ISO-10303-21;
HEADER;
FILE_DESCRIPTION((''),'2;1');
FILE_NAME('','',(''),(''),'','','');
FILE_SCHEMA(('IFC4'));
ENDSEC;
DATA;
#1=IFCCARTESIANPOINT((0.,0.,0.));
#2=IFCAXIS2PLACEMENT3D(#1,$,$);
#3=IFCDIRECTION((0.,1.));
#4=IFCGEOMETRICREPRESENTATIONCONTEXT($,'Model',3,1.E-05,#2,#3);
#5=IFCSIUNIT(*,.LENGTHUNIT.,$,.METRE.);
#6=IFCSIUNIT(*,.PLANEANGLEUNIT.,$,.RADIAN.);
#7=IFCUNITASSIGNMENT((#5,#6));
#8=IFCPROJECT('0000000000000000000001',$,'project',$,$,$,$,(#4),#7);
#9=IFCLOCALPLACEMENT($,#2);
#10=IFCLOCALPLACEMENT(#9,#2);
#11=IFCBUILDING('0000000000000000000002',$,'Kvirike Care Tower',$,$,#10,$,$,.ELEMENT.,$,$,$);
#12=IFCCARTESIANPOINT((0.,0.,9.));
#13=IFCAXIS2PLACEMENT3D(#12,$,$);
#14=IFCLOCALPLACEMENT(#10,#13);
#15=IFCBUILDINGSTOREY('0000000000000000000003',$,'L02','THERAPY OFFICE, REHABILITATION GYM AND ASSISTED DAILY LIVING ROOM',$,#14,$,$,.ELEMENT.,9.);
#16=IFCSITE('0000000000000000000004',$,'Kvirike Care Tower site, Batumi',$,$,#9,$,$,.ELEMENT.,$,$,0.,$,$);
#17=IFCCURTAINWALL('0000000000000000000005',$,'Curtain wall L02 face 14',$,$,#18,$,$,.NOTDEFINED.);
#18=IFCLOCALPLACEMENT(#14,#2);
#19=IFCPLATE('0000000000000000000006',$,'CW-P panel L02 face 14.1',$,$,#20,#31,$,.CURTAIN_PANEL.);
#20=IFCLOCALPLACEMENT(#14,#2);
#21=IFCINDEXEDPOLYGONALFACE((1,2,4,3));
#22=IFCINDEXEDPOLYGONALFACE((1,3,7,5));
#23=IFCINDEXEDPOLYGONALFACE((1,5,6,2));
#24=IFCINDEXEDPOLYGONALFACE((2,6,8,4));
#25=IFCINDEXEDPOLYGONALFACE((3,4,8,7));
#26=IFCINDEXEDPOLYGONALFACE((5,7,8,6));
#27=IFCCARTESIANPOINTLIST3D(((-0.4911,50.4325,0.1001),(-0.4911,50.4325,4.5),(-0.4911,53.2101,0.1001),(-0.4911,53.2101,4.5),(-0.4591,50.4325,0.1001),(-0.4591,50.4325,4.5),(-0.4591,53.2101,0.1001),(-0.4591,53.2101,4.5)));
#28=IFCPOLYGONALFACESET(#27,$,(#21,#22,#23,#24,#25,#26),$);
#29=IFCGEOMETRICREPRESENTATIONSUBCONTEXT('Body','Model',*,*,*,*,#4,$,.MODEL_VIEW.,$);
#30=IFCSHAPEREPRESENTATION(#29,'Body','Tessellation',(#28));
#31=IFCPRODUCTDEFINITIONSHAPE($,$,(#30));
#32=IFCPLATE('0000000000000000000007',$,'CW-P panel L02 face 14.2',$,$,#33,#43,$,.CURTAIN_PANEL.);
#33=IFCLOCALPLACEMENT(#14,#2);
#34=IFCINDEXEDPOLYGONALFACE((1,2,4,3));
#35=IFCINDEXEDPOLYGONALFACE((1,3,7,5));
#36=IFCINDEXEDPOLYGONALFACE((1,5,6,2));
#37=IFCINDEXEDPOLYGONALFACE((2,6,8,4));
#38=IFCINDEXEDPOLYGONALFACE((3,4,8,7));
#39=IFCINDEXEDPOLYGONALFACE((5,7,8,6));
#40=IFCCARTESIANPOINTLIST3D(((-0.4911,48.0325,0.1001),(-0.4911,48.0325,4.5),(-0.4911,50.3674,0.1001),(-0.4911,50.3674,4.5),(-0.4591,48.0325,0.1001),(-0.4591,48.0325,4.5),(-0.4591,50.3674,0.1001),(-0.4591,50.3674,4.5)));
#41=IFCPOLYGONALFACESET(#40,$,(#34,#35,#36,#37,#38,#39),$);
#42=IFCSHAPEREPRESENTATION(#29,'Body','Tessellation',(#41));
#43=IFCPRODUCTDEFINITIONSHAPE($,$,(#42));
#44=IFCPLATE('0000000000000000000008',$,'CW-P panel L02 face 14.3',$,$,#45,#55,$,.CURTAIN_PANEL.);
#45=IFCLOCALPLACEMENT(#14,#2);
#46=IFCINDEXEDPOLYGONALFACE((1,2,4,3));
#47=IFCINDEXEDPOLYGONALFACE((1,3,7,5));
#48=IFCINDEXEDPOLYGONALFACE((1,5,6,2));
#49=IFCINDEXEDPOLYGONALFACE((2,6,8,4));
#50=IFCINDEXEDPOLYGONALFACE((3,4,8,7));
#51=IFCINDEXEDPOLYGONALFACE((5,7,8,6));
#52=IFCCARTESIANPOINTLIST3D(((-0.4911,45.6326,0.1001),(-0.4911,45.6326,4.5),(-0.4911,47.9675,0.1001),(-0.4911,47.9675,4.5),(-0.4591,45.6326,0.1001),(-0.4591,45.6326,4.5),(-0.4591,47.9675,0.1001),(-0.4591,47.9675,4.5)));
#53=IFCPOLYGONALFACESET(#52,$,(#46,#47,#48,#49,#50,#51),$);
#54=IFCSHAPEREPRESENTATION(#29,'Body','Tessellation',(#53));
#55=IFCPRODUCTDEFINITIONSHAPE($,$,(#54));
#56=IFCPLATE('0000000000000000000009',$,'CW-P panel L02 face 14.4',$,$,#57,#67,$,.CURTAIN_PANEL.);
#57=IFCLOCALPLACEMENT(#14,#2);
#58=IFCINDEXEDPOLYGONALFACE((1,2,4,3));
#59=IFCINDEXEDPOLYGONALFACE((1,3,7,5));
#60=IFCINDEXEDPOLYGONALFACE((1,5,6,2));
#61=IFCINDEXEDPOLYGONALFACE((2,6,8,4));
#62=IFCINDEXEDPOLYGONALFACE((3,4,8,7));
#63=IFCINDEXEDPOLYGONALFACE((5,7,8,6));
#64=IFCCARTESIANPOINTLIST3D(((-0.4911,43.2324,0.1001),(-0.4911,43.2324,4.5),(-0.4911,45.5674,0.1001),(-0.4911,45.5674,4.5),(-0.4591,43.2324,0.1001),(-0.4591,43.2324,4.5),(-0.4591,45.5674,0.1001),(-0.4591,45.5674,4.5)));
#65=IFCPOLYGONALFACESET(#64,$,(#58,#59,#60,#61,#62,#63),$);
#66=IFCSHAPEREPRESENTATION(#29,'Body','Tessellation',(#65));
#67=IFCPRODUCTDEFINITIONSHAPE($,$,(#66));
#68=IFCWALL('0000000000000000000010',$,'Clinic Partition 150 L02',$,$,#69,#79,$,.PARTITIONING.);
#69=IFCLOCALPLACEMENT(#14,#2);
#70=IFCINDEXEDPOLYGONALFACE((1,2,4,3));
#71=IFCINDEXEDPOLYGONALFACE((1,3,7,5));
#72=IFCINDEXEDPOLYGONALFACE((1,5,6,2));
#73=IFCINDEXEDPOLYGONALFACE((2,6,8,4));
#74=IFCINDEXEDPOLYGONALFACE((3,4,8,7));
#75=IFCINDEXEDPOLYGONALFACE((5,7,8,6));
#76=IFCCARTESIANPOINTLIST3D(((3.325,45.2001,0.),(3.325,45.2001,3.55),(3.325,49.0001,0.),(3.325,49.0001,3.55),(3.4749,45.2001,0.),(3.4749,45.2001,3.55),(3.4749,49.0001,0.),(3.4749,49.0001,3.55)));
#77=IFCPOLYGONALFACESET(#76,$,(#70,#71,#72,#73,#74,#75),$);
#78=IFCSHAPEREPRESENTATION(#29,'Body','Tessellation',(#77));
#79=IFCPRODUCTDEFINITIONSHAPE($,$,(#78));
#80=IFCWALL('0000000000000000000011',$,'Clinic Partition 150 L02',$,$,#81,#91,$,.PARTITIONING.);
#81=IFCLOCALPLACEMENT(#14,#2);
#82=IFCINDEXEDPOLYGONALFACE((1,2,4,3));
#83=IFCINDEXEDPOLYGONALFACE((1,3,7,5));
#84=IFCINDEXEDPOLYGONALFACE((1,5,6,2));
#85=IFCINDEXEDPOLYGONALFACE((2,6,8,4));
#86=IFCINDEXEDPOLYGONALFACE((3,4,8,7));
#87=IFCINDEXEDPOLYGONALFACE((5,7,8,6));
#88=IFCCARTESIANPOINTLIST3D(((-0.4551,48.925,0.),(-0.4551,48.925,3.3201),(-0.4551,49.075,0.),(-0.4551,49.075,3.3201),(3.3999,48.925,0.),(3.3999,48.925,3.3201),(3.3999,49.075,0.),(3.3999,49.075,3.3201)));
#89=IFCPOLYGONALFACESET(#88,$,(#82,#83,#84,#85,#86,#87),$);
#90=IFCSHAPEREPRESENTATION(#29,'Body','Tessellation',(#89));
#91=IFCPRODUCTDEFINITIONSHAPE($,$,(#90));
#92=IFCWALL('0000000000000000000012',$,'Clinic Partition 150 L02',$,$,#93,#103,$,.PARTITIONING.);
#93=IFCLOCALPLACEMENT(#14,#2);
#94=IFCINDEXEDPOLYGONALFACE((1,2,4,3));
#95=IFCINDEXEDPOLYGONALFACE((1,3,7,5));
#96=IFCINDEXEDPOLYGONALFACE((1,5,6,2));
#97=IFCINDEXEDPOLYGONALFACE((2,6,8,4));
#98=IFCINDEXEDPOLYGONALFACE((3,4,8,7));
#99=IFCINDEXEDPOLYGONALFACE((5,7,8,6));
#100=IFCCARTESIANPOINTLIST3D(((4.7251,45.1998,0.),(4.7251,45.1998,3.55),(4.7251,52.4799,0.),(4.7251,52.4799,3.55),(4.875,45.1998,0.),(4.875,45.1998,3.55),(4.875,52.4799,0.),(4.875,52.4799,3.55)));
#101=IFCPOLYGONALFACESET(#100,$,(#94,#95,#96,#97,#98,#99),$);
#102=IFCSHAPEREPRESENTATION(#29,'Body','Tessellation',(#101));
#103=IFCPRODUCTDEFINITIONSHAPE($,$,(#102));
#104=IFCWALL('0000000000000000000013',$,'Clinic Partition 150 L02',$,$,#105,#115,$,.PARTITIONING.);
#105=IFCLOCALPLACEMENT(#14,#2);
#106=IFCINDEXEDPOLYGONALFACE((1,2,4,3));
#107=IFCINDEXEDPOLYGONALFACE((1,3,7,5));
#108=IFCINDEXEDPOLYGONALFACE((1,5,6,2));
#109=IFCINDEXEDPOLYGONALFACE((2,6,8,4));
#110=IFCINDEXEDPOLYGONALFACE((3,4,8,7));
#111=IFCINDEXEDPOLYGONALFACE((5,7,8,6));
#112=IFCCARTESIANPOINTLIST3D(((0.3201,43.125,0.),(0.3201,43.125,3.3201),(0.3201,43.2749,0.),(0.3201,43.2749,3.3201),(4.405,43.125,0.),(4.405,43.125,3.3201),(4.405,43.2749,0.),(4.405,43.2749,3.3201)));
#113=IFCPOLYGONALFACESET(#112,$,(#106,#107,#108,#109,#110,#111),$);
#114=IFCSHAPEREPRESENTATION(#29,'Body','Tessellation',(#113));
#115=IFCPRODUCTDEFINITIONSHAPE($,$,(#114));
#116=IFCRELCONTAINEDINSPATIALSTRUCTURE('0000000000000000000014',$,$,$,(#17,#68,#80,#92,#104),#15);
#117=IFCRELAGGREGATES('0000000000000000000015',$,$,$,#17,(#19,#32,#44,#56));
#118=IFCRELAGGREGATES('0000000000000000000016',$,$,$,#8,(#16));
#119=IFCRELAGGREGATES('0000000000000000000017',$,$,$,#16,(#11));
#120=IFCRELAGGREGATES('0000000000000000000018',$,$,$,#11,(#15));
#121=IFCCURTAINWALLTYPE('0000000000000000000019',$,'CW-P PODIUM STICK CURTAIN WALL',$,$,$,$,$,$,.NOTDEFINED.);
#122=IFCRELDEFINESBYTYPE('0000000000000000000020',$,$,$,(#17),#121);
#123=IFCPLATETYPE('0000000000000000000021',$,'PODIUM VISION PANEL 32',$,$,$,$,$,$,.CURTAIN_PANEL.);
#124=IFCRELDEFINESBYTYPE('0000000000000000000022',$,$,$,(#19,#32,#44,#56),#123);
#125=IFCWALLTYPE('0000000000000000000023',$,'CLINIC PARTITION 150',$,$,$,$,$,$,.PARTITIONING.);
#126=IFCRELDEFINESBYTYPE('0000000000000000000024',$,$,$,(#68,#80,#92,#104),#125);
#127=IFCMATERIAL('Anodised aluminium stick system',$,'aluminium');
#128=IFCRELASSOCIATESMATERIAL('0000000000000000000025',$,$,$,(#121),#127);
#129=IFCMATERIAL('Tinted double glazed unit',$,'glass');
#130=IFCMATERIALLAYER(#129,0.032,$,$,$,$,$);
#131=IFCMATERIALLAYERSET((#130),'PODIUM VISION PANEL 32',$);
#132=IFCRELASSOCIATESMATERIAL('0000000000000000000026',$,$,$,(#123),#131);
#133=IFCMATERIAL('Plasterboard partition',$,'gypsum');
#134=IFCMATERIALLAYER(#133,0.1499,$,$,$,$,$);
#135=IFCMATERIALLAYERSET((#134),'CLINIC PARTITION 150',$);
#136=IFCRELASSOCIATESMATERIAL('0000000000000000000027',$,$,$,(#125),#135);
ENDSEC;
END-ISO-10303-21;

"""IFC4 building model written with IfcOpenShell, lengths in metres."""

from ifc_helpers import new_model, si_unit, direction, frame, frame_2d, origin, origin_2d, place, context, subcontext, project, spatial, rectangle, extrude, material, layer, layer_set, type_object, element, aggregate, save


model = new_model("IFC4")

# Units and contexts
model_context = context("Model", 3, precision=1e-05, world=origin(), true_north=direction((0.0, 1.0)))
body_context = subcontext(model_context, "Body", "Model", "MODEL_VIEW")
ifc_project = project(units=[si_unit("LENGTHUNIT", "METRE"), si_unit("PLANEANGLEUNIT", "RADIAN")], contexts=[model_context])

# Site, building, storey
site_placement = place(None, origin())
site = spatial("IfcSite", under=ifc_project, at=site_placement, Name="Kvirike Care Tower site, Batumi", CompositionType="ELEMENT", RefElevation=0.0)
building_placement = place(site_placement, origin())
building = spatial("IfcBuilding", under=site, at=building_placement, Name="Kvirike Care Tower", CompositionType="ELEMENT")
storey_placement = place(building_placement, frame((0.0, 0.0, 9.0)))
storey = spatial("IfcBuildingStorey", under=building, at=storey_placement, Name="L02", Description="THERAPY OFFICE, REHABILITATION GYM AND ASSISTED DAILY LIVING ROOM", CompositionType="ELEMENT", Elevation=9.0)

# Curtain wall
ifc_material_1 = material(Name="Anodised aluminium stick system", Category="aluminium")
curtain_wall_type = type_object("IfcCurtainWallType", Name="CW-P PODIUM STICK CURTAIN WALL", PredefinedType="NOTDEFINED", material=ifc_material_1)
curtain_wall_placement = place(storey_placement, origin())
curtain_wall = element("IfcCurtainWall", 1, at=curtain_wall_placement, inside=storey, type_object=curtain_wall_type, Name="Curtain wall L02 face 14", PredefinedType="NOTDEFINED")

# Plates
ifc_material_2 = material(Name="Tinted double glazed unit", Category="glass")
ifc_layer_1 = layer(ifc_material_2, 0.032)
ifc_layer_set_1 = layer_set([ifc_layer_1], Name="PODIUM VISION PANEL 32")
plate_type = type_object("IfcPlateType", Name="PODIUM VISION PANEL 32", PredefinedType="CURTAIN_PANEL", material=ifc_layer_set_1)
plate_1_placement = place(storey_placement, frame((-0.4751, 51.8213, 0.1001), z_axis=(0.0, 0.0, 1.0), x_axis=(0.0, -1.0, 0.0)))
plate_1 = element("IfcPlate", 2, at=plate_1_placement, type_object=plate_type, Name="CW-P panel L02 face 14.1", PredefinedType="CURTAIN_PANEL", context=body_context, shape_type="SweptSolid", body=[
    extrude(rectangle(XDim=2.7776, YDim=0.032, at=origin_2d()), origin(), (0.0, 0.0, 1.0), 4.3999),
])
plate_2_placement = place(storey_placement, frame((-0.4751, 49.2, 0.1001), z_axis=(0.0, 0.0, 1.0), x_axis=(0.0, -1.0, 0.0)))
plate_2 = element("IfcPlate", 3, at=plate_2_placement, type_object=plate_type, Name="CW-P panel L02 face 14.2", PredefinedType="CURTAIN_PANEL", context=body_context, shape_type="SweptSolid", body=[
    extrude(rectangle(XDim=2.335, YDim=0.032, at=origin_2d()), origin(), (0.0, 0.0, 1.0), 4.3999),
])
plate_3_placement = place(storey_placement, frame((-0.4751, 46.8, 0.1001), z_axis=(0.0, 0.0, 1.0), x_axis=(0.0, -1.0, 0.0)))
plate_3 = element("IfcPlate", 4, at=plate_3_placement, type_object=plate_type, Name="CW-P panel L02 face 14.3", PredefinedType="CURTAIN_PANEL", context=body_context, shape_type="SweptSolid", body=[
    extrude(rectangle(XDim=2.335, YDim=0.032, at=origin_2d()), origin(), (0.0, 0.0, 1.0), 4.3999),
])
plate_4_placement = place(storey_placement, frame((-0.4751, 44.3999, 0.1001), z_axis=(0.0, 0.0, 1.0), x_axis=(0.0, -1.0, 0.0)))
plate_4 = element("IfcPlate", 5, at=plate_4_placement, type_object=plate_type, Name="CW-P panel L02 face 14.4", PredefinedType="CURTAIN_PANEL", context=body_context, shape_type="SweptSolid", body=[
    extrude(rectangle(XDim=2.335, YDim=0.032, at=origin_2d()), origin(), (0.0, 0.0, 1.0), 4.3999),
])
aggregate(curtain_wall, [plate_1, plate_2, plate_3, plate_4])

# Walls
ifc_material_3 = material(Name="Plasterboard partition", Category="gypsum")
ifc_layer_2 = layer(ifc_material_3, 0.1499)
ifc_layer_set_2 = layer_set([ifc_layer_2], Name="CLINIC PARTITION 150")
wall_type = type_object("IfcWallType", Name="CLINIC PARTITION 150", PredefinedType="PARTITIONING", material=ifc_layer_set_2)
wall_1_placement = place(storey_placement, frame((3.3999, 49.0, 0.0), z_axis=(0.0, 0.0, 1.0), x_axis=(0.0, -1.0, 0.0)))
element("IfcWall", 6, at=wall_1_placement, inside=storey, type_object=wall_type, Name="Clinic Partition 150 L02", PredefinedType="PARTITIONING", context=body_context, shape_type="SweptSolid", body=[
    extrude(rectangle(XDim=3.8, YDim=0.1499, at=frame_2d((1.8999, 0.0))), origin(), (0.0, 0.0, 1.0), 3.55),
])
wall_2_placement = place(storey_placement, frame((3.3999, 49.0, 0.0), z_axis=(0.0, 0.0, 1.0), x_axis=(-1.0, 0.0, 0.0)))
element("IfcWall", 7, at=wall_2_placement, inside=storey, type_object=wall_type, Name="Clinic Partition 150 L02", PredefinedType="PARTITIONING", context=body_context, shape_type="SweptSolid", body=[
    extrude(rectangle(XDim=3.855, YDim=0.1499, at=frame_2d((1.9275, 0.0))), origin(), (0.0, 0.0, 1.0), 3.3201),
])
wall_3_placement = place(storey_placement, frame((4.8, 52.48, 0.0), z_axis=(0.0, 0.0, 1.0), x_axis=(0.0, -1.0, 0.0)))
element("IfcWall", 8, at=wall_3_placement, inside=storey, type_object=wall_type, Name="Clinic Partition 150 L02", PredefinedType="PARTITIONING", context=body_context, shape_type="SweptSolid", body=[
    extrude(rectangle(XDim=7.28, YDim=0.1499, at=frame_2d((3.6401, 0.0))), origin(), (0.0, 0.0, 1.0), 3.55),
])
wall_4_placement = place(storey_placement, frame((4.405, 43.2, 0.0), z_axis=(0.0, 0.0, 1.0), x_axis=(-1.0, 0.0, 0.0)))
element("IfcWall", 9, at=wall_4_placement, inside=storey, type_object=wall_type, Name="Clinic Partition 150 L02", PredefinedType="PARTITIONING", context=body_context, shape_type="SweptSolid", body=[
    extrude(rectangle(XDim=4.085, YDim=0.1499, at=frame_2d((2.0425, 0.0))), origin(), (0.0, 0.0, 1.0), 3.3201),
])

save(model, "model.ifc")
